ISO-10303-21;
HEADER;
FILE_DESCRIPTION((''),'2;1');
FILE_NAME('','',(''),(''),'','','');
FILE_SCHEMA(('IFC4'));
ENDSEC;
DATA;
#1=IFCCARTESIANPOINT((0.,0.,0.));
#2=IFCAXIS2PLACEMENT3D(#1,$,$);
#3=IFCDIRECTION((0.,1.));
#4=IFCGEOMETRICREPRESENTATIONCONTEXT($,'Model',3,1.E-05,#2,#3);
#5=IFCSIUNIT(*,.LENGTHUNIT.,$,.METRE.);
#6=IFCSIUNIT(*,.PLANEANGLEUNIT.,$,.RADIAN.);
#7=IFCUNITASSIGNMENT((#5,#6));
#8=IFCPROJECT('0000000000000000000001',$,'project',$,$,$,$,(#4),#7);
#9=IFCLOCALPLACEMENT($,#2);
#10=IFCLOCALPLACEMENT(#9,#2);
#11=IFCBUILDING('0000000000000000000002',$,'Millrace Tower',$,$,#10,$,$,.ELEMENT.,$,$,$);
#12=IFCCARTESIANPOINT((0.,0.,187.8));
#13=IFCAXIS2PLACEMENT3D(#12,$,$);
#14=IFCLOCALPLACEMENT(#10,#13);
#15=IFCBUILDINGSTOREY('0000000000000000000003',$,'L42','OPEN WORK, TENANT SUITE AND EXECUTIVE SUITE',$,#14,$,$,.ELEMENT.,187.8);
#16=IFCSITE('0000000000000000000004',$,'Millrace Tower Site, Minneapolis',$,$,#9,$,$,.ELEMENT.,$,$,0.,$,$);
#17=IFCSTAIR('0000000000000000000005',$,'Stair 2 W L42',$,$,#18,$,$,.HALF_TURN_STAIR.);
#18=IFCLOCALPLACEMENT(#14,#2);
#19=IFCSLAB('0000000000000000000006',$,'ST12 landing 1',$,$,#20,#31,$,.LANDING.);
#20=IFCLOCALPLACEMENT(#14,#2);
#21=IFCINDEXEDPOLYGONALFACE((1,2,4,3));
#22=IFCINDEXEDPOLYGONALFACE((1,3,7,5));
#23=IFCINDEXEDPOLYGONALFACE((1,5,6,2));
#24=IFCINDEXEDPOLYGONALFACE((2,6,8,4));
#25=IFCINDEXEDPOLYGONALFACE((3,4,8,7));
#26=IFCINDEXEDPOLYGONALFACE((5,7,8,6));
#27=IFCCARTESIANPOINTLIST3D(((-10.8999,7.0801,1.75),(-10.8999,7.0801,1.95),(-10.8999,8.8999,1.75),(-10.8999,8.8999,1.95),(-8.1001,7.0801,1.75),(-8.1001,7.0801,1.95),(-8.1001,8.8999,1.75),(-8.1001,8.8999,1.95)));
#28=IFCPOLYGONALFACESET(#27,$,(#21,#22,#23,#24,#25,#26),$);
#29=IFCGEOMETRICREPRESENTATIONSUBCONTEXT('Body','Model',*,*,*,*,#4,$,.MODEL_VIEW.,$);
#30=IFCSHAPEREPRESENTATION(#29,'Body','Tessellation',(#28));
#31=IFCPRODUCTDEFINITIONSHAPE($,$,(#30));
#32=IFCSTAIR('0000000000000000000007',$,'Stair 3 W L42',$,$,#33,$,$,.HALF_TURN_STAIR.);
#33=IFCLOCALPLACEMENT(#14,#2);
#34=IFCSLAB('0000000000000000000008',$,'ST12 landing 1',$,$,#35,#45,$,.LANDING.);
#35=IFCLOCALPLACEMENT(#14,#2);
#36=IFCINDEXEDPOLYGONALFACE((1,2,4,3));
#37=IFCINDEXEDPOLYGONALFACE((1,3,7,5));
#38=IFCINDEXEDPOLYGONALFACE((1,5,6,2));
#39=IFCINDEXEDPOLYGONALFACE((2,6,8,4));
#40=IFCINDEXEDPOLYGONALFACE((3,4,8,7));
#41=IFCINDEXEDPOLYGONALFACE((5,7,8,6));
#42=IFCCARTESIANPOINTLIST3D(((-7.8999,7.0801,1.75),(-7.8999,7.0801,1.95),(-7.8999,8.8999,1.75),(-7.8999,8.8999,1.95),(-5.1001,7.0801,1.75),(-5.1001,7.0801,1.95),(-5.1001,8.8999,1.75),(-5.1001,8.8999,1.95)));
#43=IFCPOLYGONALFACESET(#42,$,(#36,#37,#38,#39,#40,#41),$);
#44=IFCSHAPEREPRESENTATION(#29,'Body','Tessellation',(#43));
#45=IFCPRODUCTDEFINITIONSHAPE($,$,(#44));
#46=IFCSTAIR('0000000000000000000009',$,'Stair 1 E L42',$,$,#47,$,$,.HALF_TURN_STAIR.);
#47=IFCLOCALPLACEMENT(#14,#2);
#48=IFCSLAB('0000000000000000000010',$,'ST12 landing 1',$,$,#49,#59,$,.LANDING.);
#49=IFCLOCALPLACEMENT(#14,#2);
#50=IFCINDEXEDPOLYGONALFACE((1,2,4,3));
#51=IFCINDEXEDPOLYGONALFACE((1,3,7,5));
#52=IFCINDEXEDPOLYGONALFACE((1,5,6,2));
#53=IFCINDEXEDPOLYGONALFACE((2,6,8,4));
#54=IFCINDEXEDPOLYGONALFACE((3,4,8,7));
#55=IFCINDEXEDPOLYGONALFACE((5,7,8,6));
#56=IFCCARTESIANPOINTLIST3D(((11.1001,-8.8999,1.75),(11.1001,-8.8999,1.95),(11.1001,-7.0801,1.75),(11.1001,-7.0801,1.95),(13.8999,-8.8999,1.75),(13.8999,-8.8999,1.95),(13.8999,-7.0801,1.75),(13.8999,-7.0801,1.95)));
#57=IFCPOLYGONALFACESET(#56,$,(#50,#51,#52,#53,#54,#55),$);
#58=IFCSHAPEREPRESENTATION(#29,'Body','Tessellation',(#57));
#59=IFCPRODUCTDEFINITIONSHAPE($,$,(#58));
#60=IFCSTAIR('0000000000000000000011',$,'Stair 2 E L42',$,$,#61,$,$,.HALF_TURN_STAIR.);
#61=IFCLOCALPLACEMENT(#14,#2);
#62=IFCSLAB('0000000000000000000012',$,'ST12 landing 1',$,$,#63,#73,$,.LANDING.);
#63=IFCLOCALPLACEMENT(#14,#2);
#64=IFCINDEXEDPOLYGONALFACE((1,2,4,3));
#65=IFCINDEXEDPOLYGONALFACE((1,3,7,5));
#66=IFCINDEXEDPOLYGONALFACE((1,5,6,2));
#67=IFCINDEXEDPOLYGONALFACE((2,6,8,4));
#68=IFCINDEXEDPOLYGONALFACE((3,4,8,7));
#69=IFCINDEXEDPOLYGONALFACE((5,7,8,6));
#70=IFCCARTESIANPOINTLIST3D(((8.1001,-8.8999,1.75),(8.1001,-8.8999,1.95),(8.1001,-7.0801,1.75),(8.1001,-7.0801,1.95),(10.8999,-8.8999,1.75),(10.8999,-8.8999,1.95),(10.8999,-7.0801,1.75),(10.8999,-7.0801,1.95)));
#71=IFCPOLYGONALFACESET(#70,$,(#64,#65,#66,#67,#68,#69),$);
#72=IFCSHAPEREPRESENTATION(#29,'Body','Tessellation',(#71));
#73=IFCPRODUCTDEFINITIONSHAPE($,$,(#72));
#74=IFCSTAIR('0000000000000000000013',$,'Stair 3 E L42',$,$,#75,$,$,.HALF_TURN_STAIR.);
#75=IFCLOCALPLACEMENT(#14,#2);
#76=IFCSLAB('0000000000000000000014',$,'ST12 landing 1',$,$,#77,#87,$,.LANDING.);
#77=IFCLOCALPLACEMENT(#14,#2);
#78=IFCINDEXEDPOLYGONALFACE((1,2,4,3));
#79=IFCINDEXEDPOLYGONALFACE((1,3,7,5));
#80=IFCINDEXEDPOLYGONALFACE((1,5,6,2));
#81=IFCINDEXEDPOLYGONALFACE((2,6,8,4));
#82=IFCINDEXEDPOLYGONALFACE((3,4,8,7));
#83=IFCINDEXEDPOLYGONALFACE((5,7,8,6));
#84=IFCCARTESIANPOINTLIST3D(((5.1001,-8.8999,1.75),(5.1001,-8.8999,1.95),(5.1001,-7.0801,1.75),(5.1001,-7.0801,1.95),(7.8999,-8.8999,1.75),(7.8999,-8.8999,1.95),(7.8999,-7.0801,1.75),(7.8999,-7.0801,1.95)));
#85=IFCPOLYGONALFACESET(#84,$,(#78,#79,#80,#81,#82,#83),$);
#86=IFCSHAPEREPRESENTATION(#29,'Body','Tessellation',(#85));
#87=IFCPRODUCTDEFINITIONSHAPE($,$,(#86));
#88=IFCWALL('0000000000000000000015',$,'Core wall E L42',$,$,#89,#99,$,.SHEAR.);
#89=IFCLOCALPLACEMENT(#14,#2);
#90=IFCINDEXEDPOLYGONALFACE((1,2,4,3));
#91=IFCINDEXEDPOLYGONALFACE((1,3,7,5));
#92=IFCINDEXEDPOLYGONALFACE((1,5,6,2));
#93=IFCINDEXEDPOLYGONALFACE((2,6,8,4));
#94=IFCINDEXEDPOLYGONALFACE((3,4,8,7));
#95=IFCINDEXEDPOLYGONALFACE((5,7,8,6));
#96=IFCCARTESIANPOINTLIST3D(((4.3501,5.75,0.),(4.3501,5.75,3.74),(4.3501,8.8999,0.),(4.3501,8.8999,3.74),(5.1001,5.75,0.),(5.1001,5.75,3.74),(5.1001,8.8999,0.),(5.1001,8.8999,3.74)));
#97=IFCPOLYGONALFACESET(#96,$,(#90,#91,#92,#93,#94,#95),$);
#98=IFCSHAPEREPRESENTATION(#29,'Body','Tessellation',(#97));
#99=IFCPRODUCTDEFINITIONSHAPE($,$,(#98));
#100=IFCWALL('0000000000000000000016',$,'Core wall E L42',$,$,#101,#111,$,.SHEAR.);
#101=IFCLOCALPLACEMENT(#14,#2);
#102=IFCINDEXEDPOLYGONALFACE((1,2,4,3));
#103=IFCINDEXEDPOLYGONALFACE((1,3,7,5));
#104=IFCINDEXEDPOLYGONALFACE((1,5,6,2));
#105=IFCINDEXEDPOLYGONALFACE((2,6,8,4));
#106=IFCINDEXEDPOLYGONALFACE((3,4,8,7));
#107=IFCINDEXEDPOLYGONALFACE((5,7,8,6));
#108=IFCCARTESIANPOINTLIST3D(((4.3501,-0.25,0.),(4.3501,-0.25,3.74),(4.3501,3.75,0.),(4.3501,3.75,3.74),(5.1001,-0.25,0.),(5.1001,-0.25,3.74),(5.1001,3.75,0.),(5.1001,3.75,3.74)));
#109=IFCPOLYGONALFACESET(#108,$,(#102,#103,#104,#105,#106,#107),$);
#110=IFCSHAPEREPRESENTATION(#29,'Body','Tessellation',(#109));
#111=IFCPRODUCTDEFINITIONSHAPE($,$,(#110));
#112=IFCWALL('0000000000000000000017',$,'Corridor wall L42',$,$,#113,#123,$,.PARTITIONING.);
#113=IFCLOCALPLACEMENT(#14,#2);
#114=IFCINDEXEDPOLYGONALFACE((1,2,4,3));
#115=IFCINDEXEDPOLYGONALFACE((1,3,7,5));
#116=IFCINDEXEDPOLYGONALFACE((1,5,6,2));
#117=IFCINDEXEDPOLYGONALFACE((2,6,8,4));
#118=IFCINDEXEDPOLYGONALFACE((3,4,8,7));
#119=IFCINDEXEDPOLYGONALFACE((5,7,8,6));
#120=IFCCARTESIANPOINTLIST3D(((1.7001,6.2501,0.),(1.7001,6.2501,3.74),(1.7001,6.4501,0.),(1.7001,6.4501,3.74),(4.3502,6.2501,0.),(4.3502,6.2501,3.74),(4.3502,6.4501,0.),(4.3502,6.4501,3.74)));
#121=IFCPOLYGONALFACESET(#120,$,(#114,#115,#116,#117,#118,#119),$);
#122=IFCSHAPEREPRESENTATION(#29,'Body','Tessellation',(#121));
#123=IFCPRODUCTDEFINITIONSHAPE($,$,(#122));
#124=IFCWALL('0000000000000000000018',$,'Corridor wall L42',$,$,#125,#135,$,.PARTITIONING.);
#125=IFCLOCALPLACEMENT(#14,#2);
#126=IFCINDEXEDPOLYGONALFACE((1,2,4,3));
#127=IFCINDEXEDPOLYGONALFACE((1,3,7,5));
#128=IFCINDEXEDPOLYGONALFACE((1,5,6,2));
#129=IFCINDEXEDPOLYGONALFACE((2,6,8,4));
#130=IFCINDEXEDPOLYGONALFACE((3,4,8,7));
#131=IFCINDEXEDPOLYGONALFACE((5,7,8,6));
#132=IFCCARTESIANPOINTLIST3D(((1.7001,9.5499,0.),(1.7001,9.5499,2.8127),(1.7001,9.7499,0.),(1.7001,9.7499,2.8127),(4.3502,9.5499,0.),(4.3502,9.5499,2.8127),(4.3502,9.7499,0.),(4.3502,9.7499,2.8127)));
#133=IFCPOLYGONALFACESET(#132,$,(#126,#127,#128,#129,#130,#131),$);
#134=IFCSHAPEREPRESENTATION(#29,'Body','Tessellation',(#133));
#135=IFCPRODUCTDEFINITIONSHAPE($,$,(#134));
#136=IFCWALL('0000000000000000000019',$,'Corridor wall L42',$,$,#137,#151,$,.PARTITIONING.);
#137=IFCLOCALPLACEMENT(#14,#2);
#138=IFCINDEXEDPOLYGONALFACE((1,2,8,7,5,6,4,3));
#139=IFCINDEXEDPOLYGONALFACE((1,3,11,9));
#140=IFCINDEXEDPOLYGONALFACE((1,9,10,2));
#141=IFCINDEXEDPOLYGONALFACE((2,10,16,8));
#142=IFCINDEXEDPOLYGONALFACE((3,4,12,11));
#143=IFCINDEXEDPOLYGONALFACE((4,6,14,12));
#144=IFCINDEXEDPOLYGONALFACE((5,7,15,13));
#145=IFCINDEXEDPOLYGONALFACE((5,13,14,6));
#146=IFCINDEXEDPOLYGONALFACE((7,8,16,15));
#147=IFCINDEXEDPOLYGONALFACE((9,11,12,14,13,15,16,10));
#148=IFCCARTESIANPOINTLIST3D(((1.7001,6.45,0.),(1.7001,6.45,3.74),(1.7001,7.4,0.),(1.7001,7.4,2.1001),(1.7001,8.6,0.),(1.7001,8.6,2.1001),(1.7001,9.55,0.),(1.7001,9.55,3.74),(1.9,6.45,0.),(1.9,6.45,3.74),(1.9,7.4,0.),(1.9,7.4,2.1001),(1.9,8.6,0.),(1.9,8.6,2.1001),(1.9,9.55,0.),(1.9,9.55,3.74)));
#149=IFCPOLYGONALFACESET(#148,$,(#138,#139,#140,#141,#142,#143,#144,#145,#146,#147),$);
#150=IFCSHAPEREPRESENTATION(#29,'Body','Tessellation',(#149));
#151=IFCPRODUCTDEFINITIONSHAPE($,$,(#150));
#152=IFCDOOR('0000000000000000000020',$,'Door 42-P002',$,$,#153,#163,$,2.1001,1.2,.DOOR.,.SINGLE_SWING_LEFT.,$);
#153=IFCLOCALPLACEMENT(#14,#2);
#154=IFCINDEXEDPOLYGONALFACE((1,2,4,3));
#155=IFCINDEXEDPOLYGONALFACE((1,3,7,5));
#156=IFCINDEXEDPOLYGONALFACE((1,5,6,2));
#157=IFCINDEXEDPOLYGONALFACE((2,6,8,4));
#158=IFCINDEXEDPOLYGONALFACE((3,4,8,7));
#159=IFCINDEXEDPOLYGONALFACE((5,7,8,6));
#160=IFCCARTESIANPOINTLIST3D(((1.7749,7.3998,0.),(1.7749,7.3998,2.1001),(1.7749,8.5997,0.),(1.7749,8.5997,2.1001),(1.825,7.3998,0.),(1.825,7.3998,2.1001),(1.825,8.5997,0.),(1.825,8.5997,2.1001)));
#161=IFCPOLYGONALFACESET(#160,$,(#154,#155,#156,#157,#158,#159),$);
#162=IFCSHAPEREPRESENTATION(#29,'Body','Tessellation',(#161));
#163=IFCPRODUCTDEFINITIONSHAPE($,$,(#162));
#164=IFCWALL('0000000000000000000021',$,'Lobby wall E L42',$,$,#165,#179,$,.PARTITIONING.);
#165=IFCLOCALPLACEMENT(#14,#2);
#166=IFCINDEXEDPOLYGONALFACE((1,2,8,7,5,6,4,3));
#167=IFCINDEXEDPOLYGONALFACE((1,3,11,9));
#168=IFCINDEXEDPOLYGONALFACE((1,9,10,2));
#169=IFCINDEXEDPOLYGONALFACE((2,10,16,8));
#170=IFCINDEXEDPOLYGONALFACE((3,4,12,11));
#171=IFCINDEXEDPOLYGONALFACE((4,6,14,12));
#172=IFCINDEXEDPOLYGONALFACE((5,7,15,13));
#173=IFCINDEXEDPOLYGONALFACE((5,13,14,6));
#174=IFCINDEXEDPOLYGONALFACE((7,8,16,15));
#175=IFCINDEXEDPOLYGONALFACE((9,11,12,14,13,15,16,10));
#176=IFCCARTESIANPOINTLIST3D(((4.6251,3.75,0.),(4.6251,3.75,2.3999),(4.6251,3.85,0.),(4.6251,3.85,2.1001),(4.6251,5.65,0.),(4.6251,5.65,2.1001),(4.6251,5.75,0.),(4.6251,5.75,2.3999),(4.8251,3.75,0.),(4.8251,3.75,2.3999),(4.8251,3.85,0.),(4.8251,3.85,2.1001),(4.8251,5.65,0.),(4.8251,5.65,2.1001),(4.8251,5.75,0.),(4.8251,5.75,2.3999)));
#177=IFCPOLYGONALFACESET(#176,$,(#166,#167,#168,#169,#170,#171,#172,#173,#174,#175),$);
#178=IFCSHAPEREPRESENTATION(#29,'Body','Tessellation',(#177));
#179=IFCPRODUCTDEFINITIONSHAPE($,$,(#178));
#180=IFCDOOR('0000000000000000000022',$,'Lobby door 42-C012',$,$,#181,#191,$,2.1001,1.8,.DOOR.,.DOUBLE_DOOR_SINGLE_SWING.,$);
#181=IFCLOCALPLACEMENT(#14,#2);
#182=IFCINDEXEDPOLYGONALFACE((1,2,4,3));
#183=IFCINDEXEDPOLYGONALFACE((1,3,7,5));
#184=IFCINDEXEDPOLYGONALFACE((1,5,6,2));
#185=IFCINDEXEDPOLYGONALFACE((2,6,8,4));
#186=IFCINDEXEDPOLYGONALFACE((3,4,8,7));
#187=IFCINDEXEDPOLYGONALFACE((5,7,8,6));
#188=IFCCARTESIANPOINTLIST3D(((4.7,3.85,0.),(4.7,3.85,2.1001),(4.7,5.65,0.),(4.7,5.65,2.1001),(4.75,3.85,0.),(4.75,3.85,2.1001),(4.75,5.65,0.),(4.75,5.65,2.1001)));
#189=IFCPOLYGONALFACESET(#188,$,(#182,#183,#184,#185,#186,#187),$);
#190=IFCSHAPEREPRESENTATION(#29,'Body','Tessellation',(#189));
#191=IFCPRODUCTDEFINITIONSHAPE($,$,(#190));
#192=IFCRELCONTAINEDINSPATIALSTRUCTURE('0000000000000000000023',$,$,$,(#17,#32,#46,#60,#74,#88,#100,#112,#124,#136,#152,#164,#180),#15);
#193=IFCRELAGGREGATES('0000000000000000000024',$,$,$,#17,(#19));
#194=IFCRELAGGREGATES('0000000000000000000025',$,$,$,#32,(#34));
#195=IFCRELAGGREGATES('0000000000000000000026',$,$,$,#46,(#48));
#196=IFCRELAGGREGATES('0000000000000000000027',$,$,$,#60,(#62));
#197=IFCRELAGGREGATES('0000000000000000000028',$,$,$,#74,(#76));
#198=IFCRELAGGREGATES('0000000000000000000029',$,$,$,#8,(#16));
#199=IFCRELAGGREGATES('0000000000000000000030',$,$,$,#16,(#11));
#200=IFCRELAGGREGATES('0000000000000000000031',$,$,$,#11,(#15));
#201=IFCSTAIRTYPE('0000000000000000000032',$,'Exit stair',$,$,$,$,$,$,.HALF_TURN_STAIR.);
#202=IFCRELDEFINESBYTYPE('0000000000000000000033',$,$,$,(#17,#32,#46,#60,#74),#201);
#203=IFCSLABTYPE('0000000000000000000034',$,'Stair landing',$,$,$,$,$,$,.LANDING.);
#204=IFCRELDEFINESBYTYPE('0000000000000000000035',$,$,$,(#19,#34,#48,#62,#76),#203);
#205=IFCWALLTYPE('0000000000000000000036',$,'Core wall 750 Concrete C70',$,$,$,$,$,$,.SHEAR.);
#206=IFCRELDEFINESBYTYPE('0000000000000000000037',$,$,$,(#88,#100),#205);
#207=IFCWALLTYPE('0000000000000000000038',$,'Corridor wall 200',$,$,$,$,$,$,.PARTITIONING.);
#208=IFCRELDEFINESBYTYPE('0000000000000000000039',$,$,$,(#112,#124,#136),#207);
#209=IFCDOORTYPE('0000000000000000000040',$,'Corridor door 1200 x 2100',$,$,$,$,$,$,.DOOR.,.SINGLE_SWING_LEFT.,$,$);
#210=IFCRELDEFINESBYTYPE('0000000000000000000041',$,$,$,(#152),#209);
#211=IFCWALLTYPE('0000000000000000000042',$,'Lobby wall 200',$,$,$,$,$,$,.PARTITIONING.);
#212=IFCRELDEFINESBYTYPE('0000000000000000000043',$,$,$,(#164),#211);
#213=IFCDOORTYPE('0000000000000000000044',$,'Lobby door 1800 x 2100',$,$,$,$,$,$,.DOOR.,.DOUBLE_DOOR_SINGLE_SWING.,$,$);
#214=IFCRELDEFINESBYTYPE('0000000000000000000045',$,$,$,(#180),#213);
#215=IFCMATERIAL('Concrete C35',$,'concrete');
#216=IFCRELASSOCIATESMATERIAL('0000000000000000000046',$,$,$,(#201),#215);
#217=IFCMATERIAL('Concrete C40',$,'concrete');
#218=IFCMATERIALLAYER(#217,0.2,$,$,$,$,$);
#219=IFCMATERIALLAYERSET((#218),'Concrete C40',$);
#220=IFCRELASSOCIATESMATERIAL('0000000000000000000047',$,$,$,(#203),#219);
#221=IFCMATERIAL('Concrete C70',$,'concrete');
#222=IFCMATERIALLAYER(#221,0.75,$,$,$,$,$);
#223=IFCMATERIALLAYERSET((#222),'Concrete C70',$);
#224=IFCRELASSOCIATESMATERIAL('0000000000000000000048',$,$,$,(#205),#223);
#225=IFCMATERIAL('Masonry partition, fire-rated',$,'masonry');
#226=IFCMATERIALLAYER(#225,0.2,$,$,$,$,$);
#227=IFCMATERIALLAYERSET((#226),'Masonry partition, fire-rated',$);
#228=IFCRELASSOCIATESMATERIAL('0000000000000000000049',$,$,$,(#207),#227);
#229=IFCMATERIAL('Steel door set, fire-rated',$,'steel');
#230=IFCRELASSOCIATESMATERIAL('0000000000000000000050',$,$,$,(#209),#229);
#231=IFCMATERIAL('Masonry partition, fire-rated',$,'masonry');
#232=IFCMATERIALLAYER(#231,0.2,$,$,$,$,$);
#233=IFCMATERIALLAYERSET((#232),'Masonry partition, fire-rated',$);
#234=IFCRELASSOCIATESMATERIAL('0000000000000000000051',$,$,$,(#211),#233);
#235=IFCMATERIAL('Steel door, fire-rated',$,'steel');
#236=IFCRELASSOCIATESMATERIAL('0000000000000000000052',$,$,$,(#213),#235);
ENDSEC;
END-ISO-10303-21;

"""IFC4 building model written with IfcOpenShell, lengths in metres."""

from ifc_helpers import new_model, si_unit, direction, frame, frame_2d, origin, place, context, subcontext, project, spatial, polyline, rectangle, outline, extrude, material, layer, layer_set, type_object, element, fill, aggregate, save


model = new_model("IFC4")

# Units and contexts
model_context = context("Model", 3, precision=1e-05, world=origin(), true_north=direction((0.0, 1.0)))
body_context = subcontext(model_context, "Body", "Model", "MODEL_VIEW")
ifc_project = project(units=[si_unit("LENGTHUNIT", "METRE"), si_unit("PLANEANGLEUNIT", "RADIAN")], contexts=[model_context])

# Site, building, storey
site_placement = place(None, origin())
site = spatial("IfcSite", under=ifc_project, at=site_placement, Name="Millrace Tower Site, Minneapolis", CompositionType="ELEMENT", RefElevation=0.0)
building_placement = place(site_placement, origin())
building = spatial("IfcBuilding", under=site, at=building_placement, Name="Millrace Tower", CompositionType="ELEMENT")
storey_placement = place(building_placement, frame((0.0, 0.0, 187.8)))
storey = spatial("IfcBuildingStorey", under=building, at=storey_placement, Name="L42", Description="OPEN WORK, TENANT SUITE AND EXECUTIVE SUITE", CompositionType="ELEMENT", Elevation=187.8)

# Shared definitions
placement_1 = place(storey_placement, origin())

# Stairs, slabs
ifc_material_1 = material(Name="Concrete C35", Category="concrete")
stair_type = type_object("IfcStairType", Name="Exit stair", PredefinedType="HALF_TURN_STAIR", material=ifc_material_1)
ifc_material_2 = material(Name="Concrete C40", Category="concrete")
ifc_layer_1 = layer(ifc_material_2, 0.2)
ifc_layer_set_1 = layer_set([ifc_layer_1], Name="Concrete C40")
slab_type = type_object("IfcSlabType", Name="Stair landing", PredefinedType="LANDING", material=ifc_layer_set_1)
placement_2 = place(storey_placement, frame((0.0, 0.0, 1.75)))
stair_1 = element("IfcStair", 1, at=placement_1, inside=storey, type_object=stair_type, Name="Stair 2 W L42", PredefinedType="HALF_TURN_STAIR")
slab_1 = element("IfcSlab", 2, at=placement_2, type_object=slab_type, Name="ST12 landing 1", PredefinedType="LANDING", context=body_context, shape_type="SweptSolid", body=[
    extrude(outline(polyline([(-10.8999, 7.0801), (-8.1001, 7.0801), (-8.1001, 8.8999), (-10.8999, 8.8999), (-10.8999, 7.0801)])), origin(), (0.0, 0.0, 1.0), 0.2),
])
aggregate(stair_1, [slab_1])
stair_2 = element("IfcStair", 3, at=placement_1, inside=storey, type_object=stair_type, Name="Stair 3 W L42", PredefinedType="HALF_TURN_STAIR")
slab_2 = element("IfcSlab", 4, at=placement_2, type_object=slab_type, Name="ST12 landing 1", PredefinedType="LANDING", context=body_context, shape_type="SweptSolid", body=[
    extrude(outline(polyline([(-7.8999, 7.0801), (-5.1001, 7.0801), (-5.1001, 8.8999), (-7.8999, 8.8999), (-7.8999, 7.0801)])), origin(), (0.0, 0.0, 1.0), 0.2),
])
aggregate(stair_2, [slab_2])
stair_3 = element("IfcStair", 5, at=placement_1, inside=storey, type_object=stair_type, Name="Stair 1 E L42", PredefinedType="HALF_TURN_STAIR")
slab_3 = element("IfcSlab", 6, at=placement_2, type_object=slab_type, Name="ST12 landing 1", PredefinedType="LANDING", context=body_context, shape_type="SweptSolid", body=[
    extrude(outline(polyline([(11.1001, -8.8999), (13.8999, -8.8999), (13.8999, -7.0801), (11.1001, -7.0801), (11.1001, -8.8999)])), origin(), (0.0, 0.0, 1.0), 0.2),
])
aggregate(stair_3, [slab_3])
stair_4 = element("IfcStair", 7, at=placement_1, inside=storey, type_object=stair_type, Name="Stair 2 E L42", PredefinedType="HALF_TURN_STAIR")
slab_4 = element("IfcSlab", 8, at=placement_2, type_object=slab_type, Name="ST12 landing 1", PredefinedType="LANDING", context=body_context, shape_type="SweptSolid", body=[
    extrude(outline(polyline([(8.1001, -8.8999), (10.8999, -8.8999), (10.8999, -7.0801), (8.1001, -7.0801), (8.1001, -8.8999)])), origin(), (0.0, 0.0, 1.0), 0.2),
])
aggregate(stair_4, [slab_4])
stair_5 = element("IfcStair", 9, at=placement_1, inside=storey, type_object=stair_type, Name="Stair 3 E L42", PredefinedType="HALF_TURN_STAIR")
slab_5 = element("IfcSlab", 10, at=placement_2, type_object=slab_type, Name="ST12 landing 1", PredefinedType="LANDING", context=body_context, shape_type="SweptSolid", body=[
    extrude(outline(polyline([(5.1001, -8.8999), (7.8999, -8.8999), (7.8999, -7.0801), (5.1001, -7.0801), (5.1001, -8.8999)])), origin(), (0.0, 0.0, 1.0), 0.2),
])
aggregate(stair_5, [slab_5])

# Walls
ifc_material_3 = material(Name="Concrete C70", Category="concrete")
ifc_layer_2 = layer(ifc_material_3, 0.75)
ifc_layer_set_2 = layer_set([ifc_layer_2], Name="Concrete C70")
wall_type_1 = type_object("IfcWallType", Name="Core wall 750 Concrete C70", PredefinedType="SHEAR", material=ifc_layer_set_2)
wall_1_placement = place(storey_placement, frame((4.7251, 8.8999, 0.0), z_axis=(0.0, 0.0, 1.0), x_axis=(0.0, -1.0, 0.0)))
element("IfcWall", 11, at=wall_1_placement, inside=storey, type_object=wall_type_1, Name="Core wall E L42", PredefinedType="SHEAR", context=body_context, shape_type="SweptSolid", body=[
    extrude(rectangle(XDim=3.1499, YDim=0.75, at=frame_2d((1.575, 0.0))), origin(), (0.0, 0.0, 1.0), 3.74),
])
wall_2_placement = place(storey_placement, frame((4.7251, 3.75, 0.0), z_axis=(0.0, 0.0, 1.0), x_axis=(0.0, -1.0, 0.0)))
element("IfcWall", 12, at=wall_2_placement, inside=storey, type_object=wall_type_1, Name="Core wall E L42", PredefinedType="SHEAR", context=body_context, shape_type="SweptSolid", body=[
    extrude(rectangle(XDim=4.0, YDim=0.75, at=frame_2d((2.0, 0.0))), origin(), (0.0, 0.0, 1.0), 3.74),
])
ifc_material_4 = material(Name="Masonry partition, fire-rated", Category="masonry")
ifc_layer_3 = layer(ifc_material_4, 0.2)
ifc_layer_set_3 = layer_set([ifc_layer_3], Name="Masonry partition, fire-rated")
wall_type_2 = type_object("IfcWallType", Name="Corridor wall 200", PredefinedType="PARTITIONING", material=ifc_layer_set_3)
wall_3_placement = place(storey_placement, frame((1.7, 6.3501, 0.0), z_axis=(0.0, 0.0, 1.0), x_axis=(1.0, 0.0, 0.0)))
element("IfcWall", 13, at=wall_3_placement, inside=storey, type_object=wall_type_2, Name="Corridor wall L42", PredefinedType="PARTITIONING", context=body_context, shape_type="SweptSolid", body=[
    extrude(rectangle(XDim=2.6501, YDim=0.2, at=frame_2d((1.3252, 0.0))), origin(), (0.0, 0.0, 1.0), 3.74),
])
wall_4_placement = place(storey_placement, frame((1.7, 9.6499, 0.0), z_axis=(0.0, 0.0, 1.0), x_axis=(1.0, 0.0, 0.0)))
element("IfcWall", 14, at=wall_4_placement, inside=storey, type_object=wall_type_2, Name="Corridor wall L42", PredefinedType="PARTITIONING", context=body_context, shape_type="SweptSolid", body=[
    extrude(rectangle(XDim=2.6501, YDim=0.2, at=frame_2d((1.3252, 0.0))), origin(), (0.0, 0.0, 1.0), 2.8127),
])

# Walls, openings, doors
wall_5_placement = place(storey_placement, frame((1.8, 6.45, 0.0), z_axis=(0.0, 0.0, 1.0), x_axis=(0.0, 1.0, 0.0)))
wall_5 = element("IfcWall", 15, at=wall_5_placement, inside=storey, type_object=wall_type_2, Name="Corridor wall L42", PredefinedType="PARTITIONING", context=body_context, shape_type="SweptSolid", body=[
    extrude(rectangle(XDim=3.1001, YDim=0.2, at=frame_2d((1.55, 0.0))), origin(), (0.0, 0.0, 1.0), 3.74),
])
opening_1_placement = place(wall_5_placement, frame((0.95, 0.0, 0.0)))
opening_1 = element("IfcOpeningElement", 16, at=opening_1_placement, cuts=wall_5, PredefinedType="OPENING", context=body_context, shape_type="SweptSolid", body=[
    extrude(rectangle(XDim=1.2, YDim=2.1001, at=frame_2d((0.6001, 1.05))), frame((0.0, 0.1099, 0.0), z_axis=(0.0, -1.0, 0.0), x_axis=(1.0, 0.0, 0.0)), (0.0, 0.0, 1.0), 0.22),
])
ifc_material_5 = material(Name="Steel door set, fire-rated", Category="steel")
door_type_1 = type_object("IfcDoorType", Name="Corridor door 1200 x 2100", OperationType="SINGLE_SWING_LEFT", PredefinedType="DOOR", material=ifc_material_5)
door_1_placement = place(opening_1_placement, frame((1.2, 0.0, 0.0), z_axis=(0.0, 0.0, 1.0), x_axis=(-1.0, 0.0, 0.0)))
door_1 = element("IfcDoor", 17, at=door_1_placement, inside=storey, type_object=door_type_1, Name="Door 42-P002", OperationType="SINGLE_SWING_LEFT", OverallHeight=2.1001, OverallWidth=1.2, PredefinedType="DOOR", context=body_context, shape_type="SweptSolid", body=[
    extrude(rectangle(XDim=1.2, YDim=2.1001, at=frame_2d((0.6001, 1.05))), frame((0.0, 0.0249, 0.0), z_axis=(0.0, -1.0, 0.0), x_axis=(1.0, 0.0, 0.0)), (0.0, 0.0, 1.0), 0.05),
])
fill(opening_1, door_1)
ifc_material_6 = material(Name="Masonry partition, fire-rated", Category="masonry")
ifc_layer_4 = layer(ifc_material_6, 0.2)
ifc_layer_set_4 = layer_set([ifc_layer_4], Name="Masonry partition, fire-rated")
wall_type_3 = type_object("IfcWallType", Name="Lobby wall 200", PredefinedType="PARTITIONING", material=ifc_layer_set_4)
wall_6_placement = place(storey_placement, frame((4.7251, 5.75, 0.0), z_axis=(0.0, 0.0, 1.0), x_axis=(0.0, -1.0, 0.0)))
wall_6 = element("IfcWall", 18, at=wall_6_placement, inside=storey, type_object=wall_type_3, Name="Lobby wall E L42", PredefinedType="PARTITIONING", context=body_context, shape_type="SweptSolid", body=[
    extrude(rectangle(XDim=2.0, YDim=0.2, at=frame_2d((1.0, 0.0))), origin(), (0.0, 0.0, 1.0), 2.3999),
])
opening_2_placement = place(wall_6_placement, frame((0.1001, 0.0, 0.0)))
opening_2 = element("IfcOpeningElement", 19, at=opening_2_placement, cuts=wall_6, PredefinedType="OPENING", context=body_context, shape_type="SweptSolid", body=[
    extrude(rectangle(XDim=1.8, YDim=2.1001, at=frame_2d((0.8999, 1.05))), frame((0.0, 0.1099, 0.0), z_axis=(0.0, -1.0, 0.0), x_axis=(1.0, 0.0, 0.0)), (0.0, 0.0, 1.0), 0.22),
])
ifc_material_7 = material(Name="Steel door, fire-rated", Category="steel")
door_type_2 = type_object("IfcDoorType", Name="Lobby door 1800 x 2100", OperationType="DOUBLE_DOOR_SINGLE_SWING", PredefinedType="DOOR", material=ifc_material_7)
door_2_placement = place(opening_2_placement, origin())
door_2 = element("IfcDoor", 20, at=door_2_placement, inside=storey, type_object=door_type_2, Name="Lobby door 42-C012", OperationType="DOUBLE_DOOR_SINGLE_SWING", OverallHeight=2.1001, OverallWidth=1.8, PredefinedType="DOOR", context=body_context, shape_type="SweptSolid", body=[
    extrude(rectangle(XDim=1.8, YDim=2.1001, at=frame_2d((0.8999, 1.05))), frame((0.0, 0.0249, 0.0), z_axis=(0.0, -1.0, 0.0), x_axis=(1.0, 0.0, 0.0)), (0.0, 0.0, 1.0), 0.05),
])
fill(opening_2, door_2)

save(model, "model.ifc")
